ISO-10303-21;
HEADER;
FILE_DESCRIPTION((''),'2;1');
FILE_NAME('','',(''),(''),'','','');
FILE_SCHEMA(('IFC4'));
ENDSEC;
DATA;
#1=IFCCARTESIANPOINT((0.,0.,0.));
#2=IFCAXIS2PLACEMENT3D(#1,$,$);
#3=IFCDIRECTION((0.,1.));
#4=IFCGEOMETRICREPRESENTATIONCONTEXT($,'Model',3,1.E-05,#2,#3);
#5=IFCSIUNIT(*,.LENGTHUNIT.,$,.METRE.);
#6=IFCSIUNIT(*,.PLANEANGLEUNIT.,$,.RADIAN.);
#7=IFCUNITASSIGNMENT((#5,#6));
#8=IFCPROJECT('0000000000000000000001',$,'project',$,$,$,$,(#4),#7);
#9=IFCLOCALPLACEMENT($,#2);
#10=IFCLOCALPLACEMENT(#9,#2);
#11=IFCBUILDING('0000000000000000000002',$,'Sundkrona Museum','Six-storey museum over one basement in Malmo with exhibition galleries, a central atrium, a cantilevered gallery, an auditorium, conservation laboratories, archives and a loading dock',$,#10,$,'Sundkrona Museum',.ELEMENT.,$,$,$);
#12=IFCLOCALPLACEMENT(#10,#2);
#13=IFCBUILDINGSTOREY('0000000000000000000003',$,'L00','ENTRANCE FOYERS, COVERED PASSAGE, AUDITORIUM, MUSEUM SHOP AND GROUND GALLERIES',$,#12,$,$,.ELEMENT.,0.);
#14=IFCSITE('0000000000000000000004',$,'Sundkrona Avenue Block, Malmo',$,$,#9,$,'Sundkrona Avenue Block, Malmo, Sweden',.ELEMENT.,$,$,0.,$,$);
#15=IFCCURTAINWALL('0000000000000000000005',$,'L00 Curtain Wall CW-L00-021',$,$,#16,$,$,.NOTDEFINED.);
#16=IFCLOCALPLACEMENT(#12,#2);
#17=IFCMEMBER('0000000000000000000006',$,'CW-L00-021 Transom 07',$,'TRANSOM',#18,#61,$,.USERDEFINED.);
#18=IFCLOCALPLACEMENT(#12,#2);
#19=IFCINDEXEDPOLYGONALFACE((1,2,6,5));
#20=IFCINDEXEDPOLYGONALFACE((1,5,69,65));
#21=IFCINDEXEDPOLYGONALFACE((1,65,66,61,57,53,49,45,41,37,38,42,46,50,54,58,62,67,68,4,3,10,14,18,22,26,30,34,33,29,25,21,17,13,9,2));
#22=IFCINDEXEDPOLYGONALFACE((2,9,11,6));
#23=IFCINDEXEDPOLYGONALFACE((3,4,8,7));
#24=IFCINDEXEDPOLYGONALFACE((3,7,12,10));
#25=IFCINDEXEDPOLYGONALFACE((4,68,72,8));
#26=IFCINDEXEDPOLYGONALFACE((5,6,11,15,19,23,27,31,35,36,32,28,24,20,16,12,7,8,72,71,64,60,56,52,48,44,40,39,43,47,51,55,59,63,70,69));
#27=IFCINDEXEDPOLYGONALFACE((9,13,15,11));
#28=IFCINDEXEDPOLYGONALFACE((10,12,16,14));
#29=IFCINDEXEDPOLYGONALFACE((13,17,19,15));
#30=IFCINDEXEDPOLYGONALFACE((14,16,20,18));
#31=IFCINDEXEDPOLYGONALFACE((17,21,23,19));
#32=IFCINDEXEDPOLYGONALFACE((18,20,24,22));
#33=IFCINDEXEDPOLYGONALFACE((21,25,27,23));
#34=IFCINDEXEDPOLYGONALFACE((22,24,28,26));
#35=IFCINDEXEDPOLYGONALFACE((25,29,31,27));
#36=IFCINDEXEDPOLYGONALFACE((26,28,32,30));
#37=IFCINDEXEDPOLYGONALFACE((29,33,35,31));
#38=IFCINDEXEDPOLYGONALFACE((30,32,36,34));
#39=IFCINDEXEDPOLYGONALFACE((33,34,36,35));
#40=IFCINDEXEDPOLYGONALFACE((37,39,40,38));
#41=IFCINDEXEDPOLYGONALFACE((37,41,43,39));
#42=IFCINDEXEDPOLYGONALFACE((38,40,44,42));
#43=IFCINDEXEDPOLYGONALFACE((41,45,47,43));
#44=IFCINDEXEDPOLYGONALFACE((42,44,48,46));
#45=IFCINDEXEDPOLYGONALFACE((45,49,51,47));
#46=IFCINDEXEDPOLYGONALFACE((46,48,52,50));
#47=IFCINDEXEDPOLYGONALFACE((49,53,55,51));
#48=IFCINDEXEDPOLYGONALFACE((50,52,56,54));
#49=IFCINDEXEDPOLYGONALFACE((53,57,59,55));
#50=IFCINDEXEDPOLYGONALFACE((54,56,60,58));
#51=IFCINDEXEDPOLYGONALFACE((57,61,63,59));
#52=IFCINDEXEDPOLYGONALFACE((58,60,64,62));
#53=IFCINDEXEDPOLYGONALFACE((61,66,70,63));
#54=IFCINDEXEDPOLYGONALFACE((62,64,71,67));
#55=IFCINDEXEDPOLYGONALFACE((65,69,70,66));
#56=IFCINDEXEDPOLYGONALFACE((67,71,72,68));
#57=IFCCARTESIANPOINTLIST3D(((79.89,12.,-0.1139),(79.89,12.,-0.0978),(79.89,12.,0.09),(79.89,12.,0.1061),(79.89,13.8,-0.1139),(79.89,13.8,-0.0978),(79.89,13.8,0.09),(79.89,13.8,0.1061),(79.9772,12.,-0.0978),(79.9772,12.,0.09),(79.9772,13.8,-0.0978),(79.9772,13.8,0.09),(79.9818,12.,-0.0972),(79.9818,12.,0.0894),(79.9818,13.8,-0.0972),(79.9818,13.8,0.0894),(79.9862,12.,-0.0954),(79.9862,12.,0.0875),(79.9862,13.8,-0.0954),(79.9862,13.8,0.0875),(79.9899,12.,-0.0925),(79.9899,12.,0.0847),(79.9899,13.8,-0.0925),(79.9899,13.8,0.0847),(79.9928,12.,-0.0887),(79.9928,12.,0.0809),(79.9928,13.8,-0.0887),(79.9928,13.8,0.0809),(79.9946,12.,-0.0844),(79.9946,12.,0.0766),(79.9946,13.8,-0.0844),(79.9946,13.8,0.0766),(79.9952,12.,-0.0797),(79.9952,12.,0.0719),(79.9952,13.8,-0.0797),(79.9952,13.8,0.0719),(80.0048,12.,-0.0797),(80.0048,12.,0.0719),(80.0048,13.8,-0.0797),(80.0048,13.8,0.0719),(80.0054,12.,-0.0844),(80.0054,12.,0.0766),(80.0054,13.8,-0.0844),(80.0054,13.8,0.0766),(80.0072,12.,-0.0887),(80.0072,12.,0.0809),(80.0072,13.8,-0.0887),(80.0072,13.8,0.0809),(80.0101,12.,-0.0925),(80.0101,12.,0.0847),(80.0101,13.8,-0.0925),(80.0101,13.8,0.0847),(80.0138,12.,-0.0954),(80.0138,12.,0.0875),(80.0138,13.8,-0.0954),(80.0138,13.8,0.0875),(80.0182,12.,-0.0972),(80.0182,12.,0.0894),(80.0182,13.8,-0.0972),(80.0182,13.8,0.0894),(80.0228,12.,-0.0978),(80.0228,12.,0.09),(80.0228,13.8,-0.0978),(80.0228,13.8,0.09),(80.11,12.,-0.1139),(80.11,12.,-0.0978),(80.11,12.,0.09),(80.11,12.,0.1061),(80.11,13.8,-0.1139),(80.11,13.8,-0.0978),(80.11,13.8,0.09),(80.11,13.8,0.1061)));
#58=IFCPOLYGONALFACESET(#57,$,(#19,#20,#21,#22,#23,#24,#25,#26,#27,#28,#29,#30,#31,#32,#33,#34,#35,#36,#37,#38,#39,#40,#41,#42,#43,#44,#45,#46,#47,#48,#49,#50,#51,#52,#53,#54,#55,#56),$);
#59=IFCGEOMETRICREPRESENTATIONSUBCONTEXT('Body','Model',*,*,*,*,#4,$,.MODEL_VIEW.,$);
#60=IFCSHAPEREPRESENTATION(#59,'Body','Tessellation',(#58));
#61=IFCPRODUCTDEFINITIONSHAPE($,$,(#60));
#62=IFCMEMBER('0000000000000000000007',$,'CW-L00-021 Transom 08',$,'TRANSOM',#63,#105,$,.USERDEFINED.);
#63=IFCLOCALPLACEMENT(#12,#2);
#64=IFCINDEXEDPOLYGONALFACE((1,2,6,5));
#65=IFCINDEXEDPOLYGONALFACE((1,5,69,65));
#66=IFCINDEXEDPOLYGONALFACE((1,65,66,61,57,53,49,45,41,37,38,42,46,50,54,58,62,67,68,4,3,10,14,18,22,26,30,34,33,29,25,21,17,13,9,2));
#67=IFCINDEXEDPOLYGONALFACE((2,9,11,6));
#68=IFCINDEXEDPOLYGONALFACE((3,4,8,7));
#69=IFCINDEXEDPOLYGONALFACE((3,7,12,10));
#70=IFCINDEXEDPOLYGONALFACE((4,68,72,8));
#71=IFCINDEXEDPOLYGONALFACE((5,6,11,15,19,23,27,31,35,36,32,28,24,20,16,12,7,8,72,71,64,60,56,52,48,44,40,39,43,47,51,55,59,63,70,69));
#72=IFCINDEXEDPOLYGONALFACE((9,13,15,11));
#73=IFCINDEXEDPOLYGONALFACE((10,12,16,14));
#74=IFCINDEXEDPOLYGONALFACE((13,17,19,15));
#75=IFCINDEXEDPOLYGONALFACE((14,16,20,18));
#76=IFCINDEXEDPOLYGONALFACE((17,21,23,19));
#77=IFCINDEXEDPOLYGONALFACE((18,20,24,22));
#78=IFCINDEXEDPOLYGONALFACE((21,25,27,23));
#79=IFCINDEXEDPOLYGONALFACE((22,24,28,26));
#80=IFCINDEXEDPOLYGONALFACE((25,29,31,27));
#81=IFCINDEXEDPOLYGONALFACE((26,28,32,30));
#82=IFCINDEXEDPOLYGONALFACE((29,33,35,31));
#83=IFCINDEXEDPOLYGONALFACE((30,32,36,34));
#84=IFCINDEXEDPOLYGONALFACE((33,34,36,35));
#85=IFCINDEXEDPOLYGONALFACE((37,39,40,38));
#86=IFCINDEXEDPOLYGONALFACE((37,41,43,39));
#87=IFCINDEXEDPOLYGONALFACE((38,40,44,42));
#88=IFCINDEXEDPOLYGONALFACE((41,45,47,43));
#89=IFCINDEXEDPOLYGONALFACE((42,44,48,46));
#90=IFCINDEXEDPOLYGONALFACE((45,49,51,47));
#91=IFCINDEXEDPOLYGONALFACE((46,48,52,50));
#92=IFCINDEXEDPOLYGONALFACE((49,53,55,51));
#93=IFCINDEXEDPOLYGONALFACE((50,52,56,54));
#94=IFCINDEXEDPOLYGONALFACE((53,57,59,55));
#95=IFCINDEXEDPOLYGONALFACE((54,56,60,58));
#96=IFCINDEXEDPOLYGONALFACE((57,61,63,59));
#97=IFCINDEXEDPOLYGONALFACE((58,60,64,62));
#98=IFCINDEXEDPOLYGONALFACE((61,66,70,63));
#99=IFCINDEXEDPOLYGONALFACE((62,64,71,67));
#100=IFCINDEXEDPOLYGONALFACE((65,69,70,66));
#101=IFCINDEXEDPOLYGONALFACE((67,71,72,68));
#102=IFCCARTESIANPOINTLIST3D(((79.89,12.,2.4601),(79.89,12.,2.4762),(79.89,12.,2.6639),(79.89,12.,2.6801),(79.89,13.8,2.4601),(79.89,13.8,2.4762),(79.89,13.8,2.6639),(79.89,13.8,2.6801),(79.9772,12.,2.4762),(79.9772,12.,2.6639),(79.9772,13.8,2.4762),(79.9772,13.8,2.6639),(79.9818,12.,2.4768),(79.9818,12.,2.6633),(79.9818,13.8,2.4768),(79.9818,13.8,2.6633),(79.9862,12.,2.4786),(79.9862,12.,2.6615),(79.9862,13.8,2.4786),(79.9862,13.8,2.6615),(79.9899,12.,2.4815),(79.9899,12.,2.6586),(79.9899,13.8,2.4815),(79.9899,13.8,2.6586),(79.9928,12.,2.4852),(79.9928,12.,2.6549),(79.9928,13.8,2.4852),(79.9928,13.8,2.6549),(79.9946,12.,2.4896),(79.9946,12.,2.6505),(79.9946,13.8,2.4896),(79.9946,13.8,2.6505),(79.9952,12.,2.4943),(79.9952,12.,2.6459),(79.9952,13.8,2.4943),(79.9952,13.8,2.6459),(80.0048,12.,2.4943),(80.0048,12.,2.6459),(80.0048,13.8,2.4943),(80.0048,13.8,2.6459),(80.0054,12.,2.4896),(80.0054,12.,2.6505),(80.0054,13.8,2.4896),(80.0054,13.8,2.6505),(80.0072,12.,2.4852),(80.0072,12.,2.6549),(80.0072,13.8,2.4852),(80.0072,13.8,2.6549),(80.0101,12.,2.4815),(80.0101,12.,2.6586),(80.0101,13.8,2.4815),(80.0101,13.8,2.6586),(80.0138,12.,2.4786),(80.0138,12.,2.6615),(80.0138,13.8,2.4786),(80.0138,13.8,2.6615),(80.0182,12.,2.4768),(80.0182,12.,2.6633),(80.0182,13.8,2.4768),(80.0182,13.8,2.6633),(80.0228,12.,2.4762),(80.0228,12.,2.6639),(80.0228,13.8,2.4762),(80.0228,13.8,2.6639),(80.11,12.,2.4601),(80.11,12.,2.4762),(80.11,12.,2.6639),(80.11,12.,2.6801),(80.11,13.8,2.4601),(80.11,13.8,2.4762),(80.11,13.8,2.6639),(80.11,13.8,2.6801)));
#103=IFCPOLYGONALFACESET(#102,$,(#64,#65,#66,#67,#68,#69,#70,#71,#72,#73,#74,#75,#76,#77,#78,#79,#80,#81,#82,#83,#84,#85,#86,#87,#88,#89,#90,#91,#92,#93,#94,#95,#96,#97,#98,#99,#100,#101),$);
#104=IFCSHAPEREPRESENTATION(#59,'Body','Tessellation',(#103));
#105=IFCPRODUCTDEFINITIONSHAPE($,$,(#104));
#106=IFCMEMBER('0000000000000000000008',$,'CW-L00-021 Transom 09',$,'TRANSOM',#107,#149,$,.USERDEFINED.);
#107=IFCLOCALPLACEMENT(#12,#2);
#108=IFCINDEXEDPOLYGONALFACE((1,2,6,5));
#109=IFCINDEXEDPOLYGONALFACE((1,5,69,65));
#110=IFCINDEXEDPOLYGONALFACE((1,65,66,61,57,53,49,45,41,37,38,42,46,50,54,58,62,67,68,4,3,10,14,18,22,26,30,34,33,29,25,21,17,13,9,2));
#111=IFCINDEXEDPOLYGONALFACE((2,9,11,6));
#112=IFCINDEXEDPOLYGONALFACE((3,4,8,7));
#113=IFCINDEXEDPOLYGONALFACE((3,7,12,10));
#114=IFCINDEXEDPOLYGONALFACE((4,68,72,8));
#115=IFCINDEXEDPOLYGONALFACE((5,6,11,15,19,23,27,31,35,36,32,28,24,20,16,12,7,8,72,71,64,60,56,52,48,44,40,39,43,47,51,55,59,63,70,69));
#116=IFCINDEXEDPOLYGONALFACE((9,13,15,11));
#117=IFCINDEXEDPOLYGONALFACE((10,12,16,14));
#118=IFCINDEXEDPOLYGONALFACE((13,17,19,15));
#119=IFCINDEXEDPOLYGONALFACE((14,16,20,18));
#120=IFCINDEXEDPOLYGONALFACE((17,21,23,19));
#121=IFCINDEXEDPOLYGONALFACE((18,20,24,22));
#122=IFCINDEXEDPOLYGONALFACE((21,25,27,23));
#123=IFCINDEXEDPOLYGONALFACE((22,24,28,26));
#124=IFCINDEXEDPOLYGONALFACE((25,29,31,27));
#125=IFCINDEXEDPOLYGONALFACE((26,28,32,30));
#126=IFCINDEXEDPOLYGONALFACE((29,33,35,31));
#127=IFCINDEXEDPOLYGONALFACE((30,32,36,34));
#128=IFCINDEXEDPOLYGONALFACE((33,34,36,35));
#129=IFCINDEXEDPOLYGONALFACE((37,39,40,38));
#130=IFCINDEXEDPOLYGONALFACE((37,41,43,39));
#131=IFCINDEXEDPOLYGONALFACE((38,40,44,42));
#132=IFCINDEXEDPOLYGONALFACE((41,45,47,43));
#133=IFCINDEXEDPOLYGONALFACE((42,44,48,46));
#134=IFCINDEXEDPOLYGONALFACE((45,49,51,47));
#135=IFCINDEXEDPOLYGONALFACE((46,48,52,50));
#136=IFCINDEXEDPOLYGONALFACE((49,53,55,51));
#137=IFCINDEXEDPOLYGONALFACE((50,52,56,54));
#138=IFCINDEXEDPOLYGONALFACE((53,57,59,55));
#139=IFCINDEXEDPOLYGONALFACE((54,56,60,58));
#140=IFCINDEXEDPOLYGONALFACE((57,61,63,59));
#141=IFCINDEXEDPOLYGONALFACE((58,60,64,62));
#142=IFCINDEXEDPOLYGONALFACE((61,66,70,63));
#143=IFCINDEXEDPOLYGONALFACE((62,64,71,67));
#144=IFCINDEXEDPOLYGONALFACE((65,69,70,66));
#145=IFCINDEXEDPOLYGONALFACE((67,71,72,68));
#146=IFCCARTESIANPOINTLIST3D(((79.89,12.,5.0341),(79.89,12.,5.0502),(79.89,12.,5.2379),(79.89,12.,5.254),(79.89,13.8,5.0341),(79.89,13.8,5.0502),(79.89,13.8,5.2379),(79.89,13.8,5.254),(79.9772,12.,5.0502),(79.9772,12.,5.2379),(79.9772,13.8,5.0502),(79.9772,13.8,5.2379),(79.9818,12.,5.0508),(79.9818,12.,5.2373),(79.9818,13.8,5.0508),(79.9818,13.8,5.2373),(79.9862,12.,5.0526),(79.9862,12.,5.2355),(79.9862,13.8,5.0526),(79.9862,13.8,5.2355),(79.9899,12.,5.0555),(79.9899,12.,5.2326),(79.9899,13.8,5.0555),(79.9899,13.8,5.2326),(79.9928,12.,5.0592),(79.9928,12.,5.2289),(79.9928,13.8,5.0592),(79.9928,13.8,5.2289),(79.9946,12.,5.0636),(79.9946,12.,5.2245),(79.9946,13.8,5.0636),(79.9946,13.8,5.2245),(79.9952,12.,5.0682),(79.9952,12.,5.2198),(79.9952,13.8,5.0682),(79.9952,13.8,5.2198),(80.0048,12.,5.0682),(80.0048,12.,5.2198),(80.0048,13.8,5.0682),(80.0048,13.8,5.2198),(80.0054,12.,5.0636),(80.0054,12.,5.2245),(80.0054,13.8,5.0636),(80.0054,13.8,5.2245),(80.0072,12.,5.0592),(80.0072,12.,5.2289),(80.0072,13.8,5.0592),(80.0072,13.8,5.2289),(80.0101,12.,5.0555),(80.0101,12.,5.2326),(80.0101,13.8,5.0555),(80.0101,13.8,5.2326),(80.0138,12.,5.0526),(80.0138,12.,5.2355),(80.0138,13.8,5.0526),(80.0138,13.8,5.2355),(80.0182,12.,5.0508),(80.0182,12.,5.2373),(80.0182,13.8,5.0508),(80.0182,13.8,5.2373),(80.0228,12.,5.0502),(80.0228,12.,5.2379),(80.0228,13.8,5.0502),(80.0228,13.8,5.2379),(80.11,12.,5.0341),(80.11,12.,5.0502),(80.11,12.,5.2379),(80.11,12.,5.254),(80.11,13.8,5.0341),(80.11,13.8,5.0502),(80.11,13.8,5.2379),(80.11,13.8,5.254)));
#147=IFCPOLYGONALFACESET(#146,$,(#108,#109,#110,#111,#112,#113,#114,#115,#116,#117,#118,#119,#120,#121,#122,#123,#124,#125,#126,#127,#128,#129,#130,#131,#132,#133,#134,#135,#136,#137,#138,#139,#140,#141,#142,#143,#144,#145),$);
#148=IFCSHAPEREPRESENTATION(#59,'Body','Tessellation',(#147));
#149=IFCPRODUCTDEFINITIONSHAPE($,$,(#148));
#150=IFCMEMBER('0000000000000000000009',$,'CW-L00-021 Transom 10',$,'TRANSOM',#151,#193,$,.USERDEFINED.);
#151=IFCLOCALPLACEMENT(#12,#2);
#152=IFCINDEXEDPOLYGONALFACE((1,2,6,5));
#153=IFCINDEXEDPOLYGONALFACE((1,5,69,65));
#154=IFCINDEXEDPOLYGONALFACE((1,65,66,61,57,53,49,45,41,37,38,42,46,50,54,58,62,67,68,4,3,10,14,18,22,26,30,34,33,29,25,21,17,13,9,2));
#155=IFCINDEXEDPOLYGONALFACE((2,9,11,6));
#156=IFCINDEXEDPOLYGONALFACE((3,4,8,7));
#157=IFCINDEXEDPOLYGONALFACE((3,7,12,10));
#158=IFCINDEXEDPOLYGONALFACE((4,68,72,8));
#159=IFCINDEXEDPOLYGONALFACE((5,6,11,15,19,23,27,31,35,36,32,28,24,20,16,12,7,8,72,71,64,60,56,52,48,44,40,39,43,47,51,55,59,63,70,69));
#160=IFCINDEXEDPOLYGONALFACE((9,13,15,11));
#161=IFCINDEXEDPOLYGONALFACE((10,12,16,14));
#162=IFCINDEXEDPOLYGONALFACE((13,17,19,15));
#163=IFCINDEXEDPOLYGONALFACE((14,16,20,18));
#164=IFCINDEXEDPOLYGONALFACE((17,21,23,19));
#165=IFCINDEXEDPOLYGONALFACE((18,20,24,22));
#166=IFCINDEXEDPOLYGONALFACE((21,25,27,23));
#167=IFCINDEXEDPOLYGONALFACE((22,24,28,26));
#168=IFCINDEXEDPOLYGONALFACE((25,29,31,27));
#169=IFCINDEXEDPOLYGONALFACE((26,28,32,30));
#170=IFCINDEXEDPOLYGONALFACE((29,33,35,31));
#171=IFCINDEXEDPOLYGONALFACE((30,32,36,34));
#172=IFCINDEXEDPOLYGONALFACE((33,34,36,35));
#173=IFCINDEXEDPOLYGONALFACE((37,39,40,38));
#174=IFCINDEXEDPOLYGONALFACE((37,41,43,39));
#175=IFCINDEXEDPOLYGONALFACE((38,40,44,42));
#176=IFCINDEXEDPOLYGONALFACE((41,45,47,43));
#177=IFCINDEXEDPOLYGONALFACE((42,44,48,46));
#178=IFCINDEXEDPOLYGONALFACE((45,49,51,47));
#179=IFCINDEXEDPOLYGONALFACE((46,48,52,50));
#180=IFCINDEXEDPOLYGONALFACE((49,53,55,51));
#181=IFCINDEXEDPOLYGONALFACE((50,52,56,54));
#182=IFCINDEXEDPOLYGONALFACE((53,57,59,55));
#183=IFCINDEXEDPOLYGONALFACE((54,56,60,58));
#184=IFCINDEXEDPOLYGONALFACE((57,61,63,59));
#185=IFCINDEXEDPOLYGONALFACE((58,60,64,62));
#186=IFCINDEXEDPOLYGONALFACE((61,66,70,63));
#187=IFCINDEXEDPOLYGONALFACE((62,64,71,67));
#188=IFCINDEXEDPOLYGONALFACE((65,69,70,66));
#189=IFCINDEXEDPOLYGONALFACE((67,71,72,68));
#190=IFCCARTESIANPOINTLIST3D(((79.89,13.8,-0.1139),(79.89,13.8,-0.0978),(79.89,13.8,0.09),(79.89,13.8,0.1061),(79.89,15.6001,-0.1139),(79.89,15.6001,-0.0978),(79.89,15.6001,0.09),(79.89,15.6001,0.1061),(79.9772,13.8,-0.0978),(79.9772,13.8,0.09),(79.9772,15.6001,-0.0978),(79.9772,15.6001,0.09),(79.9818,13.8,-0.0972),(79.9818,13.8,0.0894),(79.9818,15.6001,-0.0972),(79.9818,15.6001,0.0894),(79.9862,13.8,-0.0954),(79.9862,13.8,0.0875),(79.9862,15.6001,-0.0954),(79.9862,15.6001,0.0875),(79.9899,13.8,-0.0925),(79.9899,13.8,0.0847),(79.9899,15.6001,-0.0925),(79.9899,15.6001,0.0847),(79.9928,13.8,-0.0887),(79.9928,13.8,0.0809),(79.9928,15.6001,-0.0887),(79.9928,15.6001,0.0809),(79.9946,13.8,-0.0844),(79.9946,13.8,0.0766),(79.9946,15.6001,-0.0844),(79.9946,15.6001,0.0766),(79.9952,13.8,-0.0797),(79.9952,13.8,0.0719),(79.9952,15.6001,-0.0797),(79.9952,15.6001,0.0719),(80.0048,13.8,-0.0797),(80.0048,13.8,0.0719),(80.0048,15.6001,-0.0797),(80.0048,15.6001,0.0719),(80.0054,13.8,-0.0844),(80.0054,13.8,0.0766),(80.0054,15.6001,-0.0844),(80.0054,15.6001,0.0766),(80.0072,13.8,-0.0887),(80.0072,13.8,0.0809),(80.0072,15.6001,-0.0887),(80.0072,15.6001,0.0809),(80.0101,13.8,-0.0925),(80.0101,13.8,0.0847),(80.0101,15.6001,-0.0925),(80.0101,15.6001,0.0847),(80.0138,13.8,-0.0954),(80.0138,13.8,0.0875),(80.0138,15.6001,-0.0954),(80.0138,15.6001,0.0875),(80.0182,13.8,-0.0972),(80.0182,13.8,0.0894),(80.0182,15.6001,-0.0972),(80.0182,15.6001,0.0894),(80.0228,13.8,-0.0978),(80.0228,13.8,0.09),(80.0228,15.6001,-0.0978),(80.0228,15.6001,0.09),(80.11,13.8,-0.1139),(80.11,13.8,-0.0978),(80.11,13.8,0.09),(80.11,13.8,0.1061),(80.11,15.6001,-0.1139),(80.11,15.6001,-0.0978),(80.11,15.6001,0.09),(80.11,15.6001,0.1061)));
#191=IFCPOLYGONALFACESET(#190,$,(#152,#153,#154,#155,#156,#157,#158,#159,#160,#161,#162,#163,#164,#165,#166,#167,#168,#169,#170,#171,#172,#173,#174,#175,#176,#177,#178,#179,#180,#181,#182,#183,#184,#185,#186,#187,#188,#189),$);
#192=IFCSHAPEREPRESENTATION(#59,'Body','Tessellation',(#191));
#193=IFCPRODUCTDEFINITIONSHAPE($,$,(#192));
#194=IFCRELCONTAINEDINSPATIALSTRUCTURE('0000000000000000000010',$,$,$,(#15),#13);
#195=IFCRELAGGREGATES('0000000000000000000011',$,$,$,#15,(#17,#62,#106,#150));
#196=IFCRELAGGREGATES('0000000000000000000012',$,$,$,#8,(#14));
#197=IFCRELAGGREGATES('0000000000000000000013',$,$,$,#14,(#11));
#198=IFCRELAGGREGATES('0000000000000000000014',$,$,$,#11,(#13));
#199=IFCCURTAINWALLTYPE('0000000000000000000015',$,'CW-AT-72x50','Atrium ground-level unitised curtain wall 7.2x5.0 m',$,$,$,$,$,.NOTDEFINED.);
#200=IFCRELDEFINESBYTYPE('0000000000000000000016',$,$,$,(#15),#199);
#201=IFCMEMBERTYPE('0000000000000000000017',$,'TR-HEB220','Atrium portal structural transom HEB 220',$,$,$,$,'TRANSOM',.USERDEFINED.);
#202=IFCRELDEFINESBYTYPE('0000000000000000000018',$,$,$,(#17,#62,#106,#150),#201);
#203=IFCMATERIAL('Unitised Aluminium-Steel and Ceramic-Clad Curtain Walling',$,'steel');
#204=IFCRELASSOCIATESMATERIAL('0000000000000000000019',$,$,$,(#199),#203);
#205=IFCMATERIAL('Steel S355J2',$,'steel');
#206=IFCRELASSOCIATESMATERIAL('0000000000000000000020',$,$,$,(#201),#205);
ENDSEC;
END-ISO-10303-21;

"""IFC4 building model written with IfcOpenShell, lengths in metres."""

from ifc_helpers import new_model, si_unit, direction, frame, origin, origin_2d, place, context, subcontext, project, spatial, i_section, extrude, material, material_profile, profile_set, type_object, element, aggregate, save


model = new_model("IFC4")

# Units and contexts
model_context = context("Model", 3, precision=1e-05, world=origin(), true_north=direction((0.0, 1.0)))
body_context = subcontext(model_context, "Body", "Model", "MODEL_VIEW")
ifc_project = project(units=[si_unit("LENGTHUNIT", "METRE"), si_unit("PLANEANGLEUNIT", "RADIAN")], contexts=[model_context])

# Site, building, storey
site_placement = place(None, origin())
site = spatial("IfcSite", under=ifc_project, at=site_placement, Name="Sundkrona Avenue Block, Malmo", LongName="Sundkrona Avenue Block, Malmo, Sweden", CompositionType="ELEMENT", RefElevation=0.0)
building_placement = place(site_placement, origin())
building = spatial("IfcBuilding", under=site, at=building_placement, Name="Sundkrona Museum", Description="Six-storey museum over one basement in Malmo with exhibition galleries, a central atrium, a cantilevered gallery, an auditorium, conservation laboratories, archives and a loading dock", LongName="Sundkrona Museum", CompositionType="ELEMENT")
storey_placement = place(building_placement, origin())
storey = spatial("IfcBuildingStorey", under=building, at=storey_placement, Name="L00", Description="ENTRANCE FOYERS, COVERED PASSAGE, AUDITORIUM, MUSEUM SHOP AND GROUND GALLERIES", CompositionType="ELEMENT", Elevation=0.0)

# Shared definitions
ifc_material_1 = material(Name="Steel S355J2", Category="steel")

# Curtain wall
ifc_material_2 = material(Name="Unitised Aluminium-Steel and Ceramic-Clad Curtain Walling", Category="steel")
curtain_wall_type = type_object("IfcCurtainWallType", Name="CW-AT-72x50", Description="Atrium ground-level unitised curtain wall 7.2x5.0 m", PredefinedType="NOTDEFINED", material=ifc_material_2)
curtain_wall_1_placement = place(storey_placement, origin())
curtain_wall_1 = element("IfcCurtainWall", 1, at=curtain_wall_1_placement, inside=storey, type_object=curtain_wall_type, Name="L00 Curtain Wall CW-L00-021", PredefinedType="NOTDEFINED")

# Members
ifc_material_profile_1 = material_profile(ifc_material_1, i_section(OverallWidth=0.22, OverallDepth=0.22, WebThickness=0.0095, FlangeThickness=0.0161, FilletRadius=0.0181, at=origin_2d()), Name="HEB 220")
ifc_profile_set_1 = profile_set([ifc_material_profile_1], Name="Steel S355J2")
member_type_1 = type_object("IfcMemberType", Name="TR-HEB220", Description="Atrium portal structural transom HEB 220", ElementType="TRANSOM", PredefinedType="USERDEFINED", material=ifc_profile_set_1)
member_1_placement = place(storey_placement, frame((80.0, 12.0, -0.0039), z_axis=(0.0, 1.0, 0.0), x_axis=(-1.0, 0.0, 0.0)))
member_1 = element("IfcMember", 2, at=member_1_placement, type_object=member_type_1, Name="CW-L00-021 Transom 07", ObjectType="TRANSOM", PredefinedType="USERDEFINED", context=body_context, shape_type="SweptSolid", body=[
    extrude(i_section(OverallWidth=0.22, OverallDepth=0.22, WebThickness=0.0095, FlangeThickness=0.0161, FilletRadius=0.0181, at=origin_2d()), origin(), (0.0, 0.0, 1.0), 1.8),
])
member_2_placement = place(storey_placement, frame((80.0, 12.0, 2.5701), z_axis=(0.0, 1.0, 0.0), x_axis=(-1.0, 0.0, 0.0)))
member_2 = element("IfcMember", 3, at=member_2_placement, type_object=member_type_1, Name="CW-L00-021 Transom 08", ObjectType="TRANSOM", PredefinedType="USERDEFINED", context=body_context, shape_type="SweptSolid", body=[
    extrude(i_section(OverallWidth=0.22, OverallDepth=0.22, WebThickness=0.0095, FlangeThickness=0.0161, FilletRadius=0.0181, at=origin_2d()), origin(), (0.0, 0.0, 1.0), 1.8),
])
member_3_placement = place(storey_placement, frame((80.0, 12.0, 5.144), z_axis=(0.0, 1.0, 0.0), x_axis=(-1.0, 0.0, 0.0)))
member_3 = element("IfcMember", 4, at=member_3_placement, type_object=member_type_1, Name="CW-L00-021 Transom 09", ObjectType="TRANSOM", PredefinedType="USERDEFINED", context=body_context, shape_type="SweptSolid", body=[
    extrude(i_section(OverallWidth=0.22, OverallDepth=0.22, WebThickness=0.0095, FlangeThickness=0.0161, FilletRadius=0.0181, at=origin_2d()), origin(), (0.0, 0.0, 1.0), 1.8),
])
member_4_placement = place(storey_placement, frame((80.0, 13.8, -0.0039), z_axis=(0.0, 1.0, 0.0), x_axis=(-1.0, 0.0, 0.0)))
member_4 = element("IfcMember", 5, at=member_4_placement, type_object=member_type_1, Name="CW-L00-021 Transom 10", ObjectType="TRANSOM", PredefinedType="USERDEFINED", context=body_context, shape_type="SweptSolid", body=[
    extrude(i_section(OverallWidth=0.22, OverallDepth=0.22, WebThickness=0.0095, FlangeThickness=0.0161, FilletRadius=0.0181, at=origin_2d()), origin(), (0.0, 0.0, 1.0), 1.8),
])

aggregate(curtain_wall_1, [member_1, member_2, member_3, member_4])

save(model, "model.ifc")
